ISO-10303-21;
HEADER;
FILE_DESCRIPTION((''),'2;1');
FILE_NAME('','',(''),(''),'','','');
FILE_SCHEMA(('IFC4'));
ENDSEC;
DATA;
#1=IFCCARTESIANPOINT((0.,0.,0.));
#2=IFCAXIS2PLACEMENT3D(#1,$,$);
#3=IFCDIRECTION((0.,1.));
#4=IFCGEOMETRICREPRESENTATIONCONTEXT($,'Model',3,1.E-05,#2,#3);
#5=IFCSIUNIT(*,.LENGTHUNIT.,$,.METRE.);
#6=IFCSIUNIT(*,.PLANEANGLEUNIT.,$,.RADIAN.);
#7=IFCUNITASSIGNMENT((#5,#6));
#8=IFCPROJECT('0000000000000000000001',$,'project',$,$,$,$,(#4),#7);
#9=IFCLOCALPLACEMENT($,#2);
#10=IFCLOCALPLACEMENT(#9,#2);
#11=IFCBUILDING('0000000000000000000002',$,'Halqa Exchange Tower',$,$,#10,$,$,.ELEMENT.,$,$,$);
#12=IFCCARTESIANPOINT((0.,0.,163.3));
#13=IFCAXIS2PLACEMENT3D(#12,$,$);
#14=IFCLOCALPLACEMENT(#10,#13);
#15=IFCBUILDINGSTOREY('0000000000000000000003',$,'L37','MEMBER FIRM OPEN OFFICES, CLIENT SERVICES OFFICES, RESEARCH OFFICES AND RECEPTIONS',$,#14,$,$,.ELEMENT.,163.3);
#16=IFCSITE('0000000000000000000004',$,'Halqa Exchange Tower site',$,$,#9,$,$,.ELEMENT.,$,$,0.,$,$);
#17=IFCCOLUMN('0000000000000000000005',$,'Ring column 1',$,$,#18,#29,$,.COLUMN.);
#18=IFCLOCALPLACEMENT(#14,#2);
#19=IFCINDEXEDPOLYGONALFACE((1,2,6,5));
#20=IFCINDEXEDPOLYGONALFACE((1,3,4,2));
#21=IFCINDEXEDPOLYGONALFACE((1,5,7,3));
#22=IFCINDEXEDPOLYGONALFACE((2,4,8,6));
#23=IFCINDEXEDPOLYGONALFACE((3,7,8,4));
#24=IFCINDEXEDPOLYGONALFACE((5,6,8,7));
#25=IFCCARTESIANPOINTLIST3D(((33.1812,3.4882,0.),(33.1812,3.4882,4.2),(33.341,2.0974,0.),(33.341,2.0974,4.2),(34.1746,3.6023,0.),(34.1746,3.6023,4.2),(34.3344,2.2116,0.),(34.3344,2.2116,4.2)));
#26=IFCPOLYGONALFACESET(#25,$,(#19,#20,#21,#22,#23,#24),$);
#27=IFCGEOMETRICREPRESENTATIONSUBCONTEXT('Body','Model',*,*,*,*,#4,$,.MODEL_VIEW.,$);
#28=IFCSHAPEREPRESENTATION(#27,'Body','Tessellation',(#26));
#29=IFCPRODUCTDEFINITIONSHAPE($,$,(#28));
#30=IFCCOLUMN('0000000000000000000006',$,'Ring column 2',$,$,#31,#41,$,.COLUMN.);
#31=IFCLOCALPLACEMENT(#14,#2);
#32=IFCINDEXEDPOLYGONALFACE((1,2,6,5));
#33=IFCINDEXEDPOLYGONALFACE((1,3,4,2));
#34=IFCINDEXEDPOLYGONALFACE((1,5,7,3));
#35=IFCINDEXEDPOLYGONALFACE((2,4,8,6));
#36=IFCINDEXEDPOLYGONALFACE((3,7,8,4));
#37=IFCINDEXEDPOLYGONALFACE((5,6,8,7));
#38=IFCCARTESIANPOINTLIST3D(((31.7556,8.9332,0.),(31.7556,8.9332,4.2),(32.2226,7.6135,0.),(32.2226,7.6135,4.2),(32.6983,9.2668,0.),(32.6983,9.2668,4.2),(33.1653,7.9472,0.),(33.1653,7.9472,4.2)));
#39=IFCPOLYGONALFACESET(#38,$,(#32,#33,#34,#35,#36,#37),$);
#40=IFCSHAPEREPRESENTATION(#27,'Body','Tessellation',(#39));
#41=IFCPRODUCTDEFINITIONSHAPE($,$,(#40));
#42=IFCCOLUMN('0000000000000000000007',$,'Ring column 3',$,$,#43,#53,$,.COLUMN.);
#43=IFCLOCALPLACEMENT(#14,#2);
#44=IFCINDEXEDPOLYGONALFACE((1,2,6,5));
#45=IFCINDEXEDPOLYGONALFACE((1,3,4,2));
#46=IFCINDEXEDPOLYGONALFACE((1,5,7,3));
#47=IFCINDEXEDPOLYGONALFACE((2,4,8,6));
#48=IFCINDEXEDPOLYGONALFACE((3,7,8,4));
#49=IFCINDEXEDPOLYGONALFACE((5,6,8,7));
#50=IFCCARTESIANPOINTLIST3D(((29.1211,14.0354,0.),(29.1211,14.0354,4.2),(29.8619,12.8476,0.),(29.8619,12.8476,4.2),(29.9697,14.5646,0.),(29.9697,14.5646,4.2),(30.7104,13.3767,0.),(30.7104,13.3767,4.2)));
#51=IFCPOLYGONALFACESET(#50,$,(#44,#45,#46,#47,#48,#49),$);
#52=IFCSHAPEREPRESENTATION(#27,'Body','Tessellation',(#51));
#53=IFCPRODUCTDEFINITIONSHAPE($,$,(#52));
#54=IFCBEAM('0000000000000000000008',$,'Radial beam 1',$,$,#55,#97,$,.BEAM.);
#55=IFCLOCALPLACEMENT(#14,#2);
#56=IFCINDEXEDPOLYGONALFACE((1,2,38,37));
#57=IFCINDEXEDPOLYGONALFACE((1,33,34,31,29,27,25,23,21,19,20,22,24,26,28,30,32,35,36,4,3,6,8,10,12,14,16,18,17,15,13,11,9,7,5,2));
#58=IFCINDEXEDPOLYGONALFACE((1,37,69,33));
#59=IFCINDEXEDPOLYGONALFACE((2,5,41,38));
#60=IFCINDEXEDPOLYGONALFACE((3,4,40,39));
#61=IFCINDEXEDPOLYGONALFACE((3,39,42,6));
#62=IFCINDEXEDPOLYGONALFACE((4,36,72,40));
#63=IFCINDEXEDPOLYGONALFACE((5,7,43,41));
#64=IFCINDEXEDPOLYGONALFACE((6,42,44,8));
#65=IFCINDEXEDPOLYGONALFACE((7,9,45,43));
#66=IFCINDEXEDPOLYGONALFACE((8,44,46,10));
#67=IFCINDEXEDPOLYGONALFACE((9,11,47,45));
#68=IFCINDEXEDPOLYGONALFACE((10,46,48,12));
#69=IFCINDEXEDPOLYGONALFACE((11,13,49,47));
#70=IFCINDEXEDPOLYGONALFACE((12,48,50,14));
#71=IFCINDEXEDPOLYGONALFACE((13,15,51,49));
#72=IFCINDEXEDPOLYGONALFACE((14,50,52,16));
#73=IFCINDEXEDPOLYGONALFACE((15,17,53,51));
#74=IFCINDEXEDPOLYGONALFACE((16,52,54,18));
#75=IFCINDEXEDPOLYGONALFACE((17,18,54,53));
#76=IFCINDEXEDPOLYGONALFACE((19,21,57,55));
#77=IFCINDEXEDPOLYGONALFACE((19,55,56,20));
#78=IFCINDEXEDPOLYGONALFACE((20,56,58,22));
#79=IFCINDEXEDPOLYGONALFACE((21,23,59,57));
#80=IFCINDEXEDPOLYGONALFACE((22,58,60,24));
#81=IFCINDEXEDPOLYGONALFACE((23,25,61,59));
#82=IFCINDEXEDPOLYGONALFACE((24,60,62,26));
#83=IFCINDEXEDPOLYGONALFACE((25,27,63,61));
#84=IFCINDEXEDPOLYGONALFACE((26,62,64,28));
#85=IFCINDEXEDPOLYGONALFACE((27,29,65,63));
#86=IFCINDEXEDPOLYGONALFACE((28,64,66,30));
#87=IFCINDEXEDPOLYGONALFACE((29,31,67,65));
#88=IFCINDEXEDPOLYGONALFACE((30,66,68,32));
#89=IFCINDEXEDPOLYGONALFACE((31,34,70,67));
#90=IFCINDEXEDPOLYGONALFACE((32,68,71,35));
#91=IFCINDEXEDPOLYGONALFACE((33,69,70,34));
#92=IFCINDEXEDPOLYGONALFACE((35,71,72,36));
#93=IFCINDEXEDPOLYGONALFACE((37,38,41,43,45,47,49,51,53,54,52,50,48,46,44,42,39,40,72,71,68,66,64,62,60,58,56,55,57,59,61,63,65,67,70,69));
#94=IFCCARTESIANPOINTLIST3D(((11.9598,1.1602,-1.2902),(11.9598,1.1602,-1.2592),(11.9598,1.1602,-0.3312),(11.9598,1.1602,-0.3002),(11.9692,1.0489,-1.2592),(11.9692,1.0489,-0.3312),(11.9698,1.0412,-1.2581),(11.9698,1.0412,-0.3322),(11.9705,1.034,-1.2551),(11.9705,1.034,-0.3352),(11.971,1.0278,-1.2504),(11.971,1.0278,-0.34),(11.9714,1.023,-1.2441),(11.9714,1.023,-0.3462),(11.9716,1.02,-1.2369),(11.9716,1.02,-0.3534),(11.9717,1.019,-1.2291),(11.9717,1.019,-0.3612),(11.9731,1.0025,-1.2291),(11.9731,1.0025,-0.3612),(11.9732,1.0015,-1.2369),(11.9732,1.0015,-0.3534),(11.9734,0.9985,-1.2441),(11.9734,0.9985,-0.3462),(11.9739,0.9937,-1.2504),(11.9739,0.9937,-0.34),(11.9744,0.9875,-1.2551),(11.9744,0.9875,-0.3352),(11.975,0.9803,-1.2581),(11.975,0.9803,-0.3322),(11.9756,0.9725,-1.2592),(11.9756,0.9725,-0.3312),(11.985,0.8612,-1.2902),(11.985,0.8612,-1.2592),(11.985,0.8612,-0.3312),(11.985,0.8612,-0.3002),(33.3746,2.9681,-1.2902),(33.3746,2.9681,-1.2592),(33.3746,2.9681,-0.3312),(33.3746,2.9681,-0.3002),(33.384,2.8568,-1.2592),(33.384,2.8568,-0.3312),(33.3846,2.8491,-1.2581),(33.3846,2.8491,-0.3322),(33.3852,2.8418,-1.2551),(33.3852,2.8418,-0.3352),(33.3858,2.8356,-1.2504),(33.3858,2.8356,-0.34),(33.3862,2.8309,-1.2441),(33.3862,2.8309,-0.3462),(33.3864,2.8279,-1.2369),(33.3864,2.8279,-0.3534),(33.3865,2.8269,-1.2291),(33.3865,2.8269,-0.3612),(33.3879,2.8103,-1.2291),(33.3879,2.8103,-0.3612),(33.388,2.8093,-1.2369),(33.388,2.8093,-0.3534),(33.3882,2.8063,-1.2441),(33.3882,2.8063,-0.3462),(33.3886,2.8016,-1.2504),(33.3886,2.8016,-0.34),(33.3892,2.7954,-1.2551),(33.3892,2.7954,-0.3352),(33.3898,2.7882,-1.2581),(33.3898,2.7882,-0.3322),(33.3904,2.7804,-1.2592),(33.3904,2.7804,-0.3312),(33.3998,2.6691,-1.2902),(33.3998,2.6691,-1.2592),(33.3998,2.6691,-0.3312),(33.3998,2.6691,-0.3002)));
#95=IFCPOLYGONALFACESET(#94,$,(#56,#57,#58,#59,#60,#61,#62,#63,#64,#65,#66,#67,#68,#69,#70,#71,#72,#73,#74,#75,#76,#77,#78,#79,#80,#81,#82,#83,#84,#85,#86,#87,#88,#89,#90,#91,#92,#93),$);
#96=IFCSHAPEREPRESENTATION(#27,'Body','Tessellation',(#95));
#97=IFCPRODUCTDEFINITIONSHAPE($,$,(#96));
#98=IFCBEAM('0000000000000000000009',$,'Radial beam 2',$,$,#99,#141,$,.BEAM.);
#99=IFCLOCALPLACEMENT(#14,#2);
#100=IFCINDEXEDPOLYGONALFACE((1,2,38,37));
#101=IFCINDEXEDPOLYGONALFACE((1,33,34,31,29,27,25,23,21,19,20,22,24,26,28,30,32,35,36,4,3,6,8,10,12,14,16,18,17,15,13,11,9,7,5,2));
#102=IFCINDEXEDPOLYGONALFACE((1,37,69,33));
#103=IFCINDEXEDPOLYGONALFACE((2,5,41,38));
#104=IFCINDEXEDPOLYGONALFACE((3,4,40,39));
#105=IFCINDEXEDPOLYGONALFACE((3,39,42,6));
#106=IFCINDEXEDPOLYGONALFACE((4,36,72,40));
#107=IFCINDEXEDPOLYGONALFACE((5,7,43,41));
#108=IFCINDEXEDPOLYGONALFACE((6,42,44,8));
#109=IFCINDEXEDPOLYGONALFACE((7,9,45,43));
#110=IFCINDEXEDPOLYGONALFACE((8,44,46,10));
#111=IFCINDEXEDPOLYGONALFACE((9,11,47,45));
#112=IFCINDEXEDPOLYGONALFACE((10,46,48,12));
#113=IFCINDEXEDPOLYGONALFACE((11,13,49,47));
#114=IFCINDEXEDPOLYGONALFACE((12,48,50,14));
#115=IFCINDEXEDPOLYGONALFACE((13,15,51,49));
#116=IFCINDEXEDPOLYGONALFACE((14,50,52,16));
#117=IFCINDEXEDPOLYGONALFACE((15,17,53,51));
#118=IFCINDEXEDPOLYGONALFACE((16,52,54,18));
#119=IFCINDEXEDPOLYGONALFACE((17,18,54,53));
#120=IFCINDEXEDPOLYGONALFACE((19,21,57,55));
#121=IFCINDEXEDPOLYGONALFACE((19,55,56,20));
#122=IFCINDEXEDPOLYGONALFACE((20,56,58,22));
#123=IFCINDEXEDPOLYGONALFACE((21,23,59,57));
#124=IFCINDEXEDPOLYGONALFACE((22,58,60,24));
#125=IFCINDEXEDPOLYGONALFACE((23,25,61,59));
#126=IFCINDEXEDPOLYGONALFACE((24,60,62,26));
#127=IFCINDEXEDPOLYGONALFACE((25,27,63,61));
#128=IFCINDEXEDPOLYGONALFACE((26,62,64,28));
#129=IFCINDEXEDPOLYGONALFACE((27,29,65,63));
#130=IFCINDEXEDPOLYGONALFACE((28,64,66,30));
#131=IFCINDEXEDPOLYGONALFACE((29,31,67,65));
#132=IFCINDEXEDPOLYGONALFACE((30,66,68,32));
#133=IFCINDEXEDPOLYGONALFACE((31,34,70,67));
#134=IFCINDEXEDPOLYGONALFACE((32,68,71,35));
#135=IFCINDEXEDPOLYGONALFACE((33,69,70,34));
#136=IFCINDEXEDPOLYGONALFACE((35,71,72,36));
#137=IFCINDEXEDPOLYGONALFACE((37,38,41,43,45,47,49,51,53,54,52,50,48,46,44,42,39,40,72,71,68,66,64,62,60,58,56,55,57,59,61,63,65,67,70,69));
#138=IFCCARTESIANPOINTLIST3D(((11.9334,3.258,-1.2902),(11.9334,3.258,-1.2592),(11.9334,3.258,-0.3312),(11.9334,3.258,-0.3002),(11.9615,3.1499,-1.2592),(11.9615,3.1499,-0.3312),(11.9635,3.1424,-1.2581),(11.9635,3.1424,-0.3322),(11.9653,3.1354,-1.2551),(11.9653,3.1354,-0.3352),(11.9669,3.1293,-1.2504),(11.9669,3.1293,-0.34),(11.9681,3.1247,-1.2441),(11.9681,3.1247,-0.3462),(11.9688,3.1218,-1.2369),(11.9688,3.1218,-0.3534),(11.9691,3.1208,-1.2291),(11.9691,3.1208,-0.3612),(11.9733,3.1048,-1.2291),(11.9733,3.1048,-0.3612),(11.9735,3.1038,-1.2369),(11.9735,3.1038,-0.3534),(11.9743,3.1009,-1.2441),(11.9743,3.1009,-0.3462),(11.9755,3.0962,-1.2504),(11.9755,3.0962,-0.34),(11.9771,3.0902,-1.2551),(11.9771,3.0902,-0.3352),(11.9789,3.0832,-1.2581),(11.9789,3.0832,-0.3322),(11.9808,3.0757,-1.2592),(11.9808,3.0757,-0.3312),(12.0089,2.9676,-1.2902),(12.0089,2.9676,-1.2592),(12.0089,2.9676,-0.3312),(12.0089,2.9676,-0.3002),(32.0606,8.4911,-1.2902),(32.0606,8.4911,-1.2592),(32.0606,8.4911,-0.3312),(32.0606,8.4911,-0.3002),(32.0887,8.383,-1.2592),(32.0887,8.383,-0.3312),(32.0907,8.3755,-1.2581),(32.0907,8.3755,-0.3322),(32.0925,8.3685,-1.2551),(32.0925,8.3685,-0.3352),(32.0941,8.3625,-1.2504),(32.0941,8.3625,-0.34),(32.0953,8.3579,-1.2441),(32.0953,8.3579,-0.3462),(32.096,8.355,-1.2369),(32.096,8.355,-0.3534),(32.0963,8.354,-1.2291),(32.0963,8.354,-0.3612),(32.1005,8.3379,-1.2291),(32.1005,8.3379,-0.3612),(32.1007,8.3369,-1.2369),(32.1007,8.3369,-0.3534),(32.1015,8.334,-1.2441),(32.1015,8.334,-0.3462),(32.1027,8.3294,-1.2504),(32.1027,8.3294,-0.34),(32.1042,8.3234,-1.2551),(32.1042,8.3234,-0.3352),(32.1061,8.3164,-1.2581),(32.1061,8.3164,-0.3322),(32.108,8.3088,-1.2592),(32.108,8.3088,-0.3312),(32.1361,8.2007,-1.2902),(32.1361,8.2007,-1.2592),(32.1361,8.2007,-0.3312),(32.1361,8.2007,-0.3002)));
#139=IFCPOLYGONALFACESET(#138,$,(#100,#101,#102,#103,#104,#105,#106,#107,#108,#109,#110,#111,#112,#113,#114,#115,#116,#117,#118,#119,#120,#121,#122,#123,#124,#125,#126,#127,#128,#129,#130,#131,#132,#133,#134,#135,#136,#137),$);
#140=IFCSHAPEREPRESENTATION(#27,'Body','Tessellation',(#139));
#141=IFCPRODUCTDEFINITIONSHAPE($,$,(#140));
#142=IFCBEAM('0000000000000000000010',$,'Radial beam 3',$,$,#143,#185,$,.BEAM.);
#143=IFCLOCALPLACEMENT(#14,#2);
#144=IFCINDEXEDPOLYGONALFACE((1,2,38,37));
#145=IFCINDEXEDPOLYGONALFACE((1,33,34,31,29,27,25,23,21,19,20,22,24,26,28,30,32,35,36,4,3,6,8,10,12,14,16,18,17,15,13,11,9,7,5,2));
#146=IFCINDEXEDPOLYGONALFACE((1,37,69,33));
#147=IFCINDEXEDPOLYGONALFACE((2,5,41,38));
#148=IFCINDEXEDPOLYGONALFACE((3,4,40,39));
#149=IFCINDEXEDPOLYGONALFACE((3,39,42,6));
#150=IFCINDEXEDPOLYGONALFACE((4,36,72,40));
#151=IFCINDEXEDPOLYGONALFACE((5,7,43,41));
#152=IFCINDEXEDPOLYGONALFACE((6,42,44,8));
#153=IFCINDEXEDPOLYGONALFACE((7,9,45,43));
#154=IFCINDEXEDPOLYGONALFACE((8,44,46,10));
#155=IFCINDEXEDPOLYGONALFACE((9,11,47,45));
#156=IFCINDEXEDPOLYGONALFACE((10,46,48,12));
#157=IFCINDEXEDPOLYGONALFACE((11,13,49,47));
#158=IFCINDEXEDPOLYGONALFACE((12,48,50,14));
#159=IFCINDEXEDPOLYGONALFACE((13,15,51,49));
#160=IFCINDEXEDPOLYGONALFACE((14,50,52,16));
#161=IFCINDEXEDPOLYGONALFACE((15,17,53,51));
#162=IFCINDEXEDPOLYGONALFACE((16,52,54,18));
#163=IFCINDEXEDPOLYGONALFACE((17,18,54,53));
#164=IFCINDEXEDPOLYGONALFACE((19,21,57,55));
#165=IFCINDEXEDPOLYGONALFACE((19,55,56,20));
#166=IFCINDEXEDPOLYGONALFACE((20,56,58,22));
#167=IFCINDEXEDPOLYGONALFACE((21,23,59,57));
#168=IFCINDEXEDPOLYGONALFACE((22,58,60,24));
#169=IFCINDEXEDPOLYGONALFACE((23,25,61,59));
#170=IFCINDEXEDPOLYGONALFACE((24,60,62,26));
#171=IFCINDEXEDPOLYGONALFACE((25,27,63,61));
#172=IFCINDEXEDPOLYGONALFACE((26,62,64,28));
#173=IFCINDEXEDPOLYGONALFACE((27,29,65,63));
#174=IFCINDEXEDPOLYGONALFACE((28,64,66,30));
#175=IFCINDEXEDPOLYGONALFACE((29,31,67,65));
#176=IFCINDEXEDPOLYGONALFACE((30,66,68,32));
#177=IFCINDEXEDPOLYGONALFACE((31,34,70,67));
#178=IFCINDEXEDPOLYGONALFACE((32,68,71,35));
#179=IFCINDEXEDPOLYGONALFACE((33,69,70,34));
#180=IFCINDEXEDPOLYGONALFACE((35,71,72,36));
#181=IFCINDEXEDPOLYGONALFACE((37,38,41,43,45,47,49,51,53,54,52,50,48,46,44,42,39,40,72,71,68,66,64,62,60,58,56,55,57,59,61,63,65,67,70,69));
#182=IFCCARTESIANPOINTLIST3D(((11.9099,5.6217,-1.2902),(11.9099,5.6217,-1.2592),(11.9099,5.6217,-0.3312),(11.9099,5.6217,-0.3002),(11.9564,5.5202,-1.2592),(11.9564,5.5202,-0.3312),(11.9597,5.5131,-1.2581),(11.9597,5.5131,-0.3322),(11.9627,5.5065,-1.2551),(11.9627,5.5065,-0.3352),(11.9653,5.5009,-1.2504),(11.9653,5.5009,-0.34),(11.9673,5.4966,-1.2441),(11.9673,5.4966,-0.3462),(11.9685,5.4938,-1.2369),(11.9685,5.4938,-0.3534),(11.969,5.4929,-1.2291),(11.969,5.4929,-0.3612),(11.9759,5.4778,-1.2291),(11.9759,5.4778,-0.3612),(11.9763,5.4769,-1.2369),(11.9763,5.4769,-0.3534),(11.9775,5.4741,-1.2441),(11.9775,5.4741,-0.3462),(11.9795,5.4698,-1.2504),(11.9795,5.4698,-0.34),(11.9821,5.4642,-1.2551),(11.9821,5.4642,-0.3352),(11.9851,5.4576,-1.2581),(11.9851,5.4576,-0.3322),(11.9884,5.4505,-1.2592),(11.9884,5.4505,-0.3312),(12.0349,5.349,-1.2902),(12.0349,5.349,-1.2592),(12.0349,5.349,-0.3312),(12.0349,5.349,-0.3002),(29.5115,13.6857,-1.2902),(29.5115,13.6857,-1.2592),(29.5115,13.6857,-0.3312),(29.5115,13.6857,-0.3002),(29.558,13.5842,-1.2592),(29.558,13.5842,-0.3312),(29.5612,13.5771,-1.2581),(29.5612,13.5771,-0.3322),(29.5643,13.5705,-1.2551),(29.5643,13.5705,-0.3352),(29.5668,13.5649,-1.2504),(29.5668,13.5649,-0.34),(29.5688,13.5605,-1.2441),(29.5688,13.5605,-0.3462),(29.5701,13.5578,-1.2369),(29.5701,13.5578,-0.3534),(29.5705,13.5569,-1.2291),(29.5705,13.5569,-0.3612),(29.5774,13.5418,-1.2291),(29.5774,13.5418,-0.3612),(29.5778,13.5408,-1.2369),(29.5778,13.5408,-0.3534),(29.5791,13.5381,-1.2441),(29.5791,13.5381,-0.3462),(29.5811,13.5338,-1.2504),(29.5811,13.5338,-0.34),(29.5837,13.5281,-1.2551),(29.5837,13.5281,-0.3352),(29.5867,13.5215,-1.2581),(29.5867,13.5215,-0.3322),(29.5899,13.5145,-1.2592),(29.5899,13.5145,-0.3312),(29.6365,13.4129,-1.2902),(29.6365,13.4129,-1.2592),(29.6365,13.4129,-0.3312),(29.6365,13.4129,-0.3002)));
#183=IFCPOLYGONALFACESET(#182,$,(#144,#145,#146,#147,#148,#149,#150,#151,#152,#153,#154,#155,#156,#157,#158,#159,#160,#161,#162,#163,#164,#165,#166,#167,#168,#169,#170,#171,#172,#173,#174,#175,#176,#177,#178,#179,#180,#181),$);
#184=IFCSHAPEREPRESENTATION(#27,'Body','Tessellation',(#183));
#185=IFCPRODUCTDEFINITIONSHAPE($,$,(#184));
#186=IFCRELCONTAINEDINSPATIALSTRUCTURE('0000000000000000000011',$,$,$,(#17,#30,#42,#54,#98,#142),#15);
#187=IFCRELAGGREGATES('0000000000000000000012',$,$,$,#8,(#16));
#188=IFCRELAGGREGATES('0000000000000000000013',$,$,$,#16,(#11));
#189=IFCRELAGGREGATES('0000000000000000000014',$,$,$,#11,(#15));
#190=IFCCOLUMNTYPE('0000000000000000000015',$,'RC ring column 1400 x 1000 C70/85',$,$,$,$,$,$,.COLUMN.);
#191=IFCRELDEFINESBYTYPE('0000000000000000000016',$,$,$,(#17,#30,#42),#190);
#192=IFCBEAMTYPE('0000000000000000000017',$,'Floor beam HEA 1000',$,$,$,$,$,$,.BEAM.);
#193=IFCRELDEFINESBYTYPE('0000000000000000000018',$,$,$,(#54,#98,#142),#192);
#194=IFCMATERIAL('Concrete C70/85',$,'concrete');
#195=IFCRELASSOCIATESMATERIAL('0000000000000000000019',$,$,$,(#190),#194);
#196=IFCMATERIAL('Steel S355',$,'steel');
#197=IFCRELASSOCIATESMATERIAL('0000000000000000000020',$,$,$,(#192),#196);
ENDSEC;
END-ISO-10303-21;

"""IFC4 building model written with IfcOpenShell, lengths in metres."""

from ifc_helpers import new_model, si_unit, direction, frame, origin, origin_2d, place, context, subcontext, project, spatial, rectangle, i_section, extrude, material, material_profile, profile_set, type_object, element, save


model = new_model("IFC4")

# Units and contexts
model_context = context("Model", 3, precision=1e-05, world=origin(), true_north=direction((0.0, 1.0)))
body_context = subcontext(model_context, "Body", "Model", "MODEL_VIEW")
ifc_project = project(units=[si_unit("LENGTHUNIT", "METRE"), si_unit("PLANEANGLEUNIT", "RADIAN")], contexts=[model_context])

# Site, building, storey
site_placement = place(None, origin())
site = spatial("IfcSite", under=ifc_project, at=site_placement, Name="Halqa Exchange Tower site", CompositionType="ELEMENT", RefElevation=0.0)
building_placement = place(site_placement, origin())
building = spatial("IfcBuilding", under=site, at=building_placement, Name="Halqa Exchange Tower", CompositionType="ELEMENT")
storey_placement = place(building_placement, frame((0.0, 0.0, 163.3)))
storey = spatial("IfcBuildingStorey", under=building, at=storey_placement, Name="L37", Description="MEMBER FIRM OPEN OFFICES, CLIENT SERVICES OFFICES, RESEARCH OFFICES AND RECEPTIONS", CompositionType="ELEMENT", Elevation=163.3)

# Columns
ifc_material_1 = material(Name="Concrete C70/85", Category="concrete")
ifc_material_profile_1 = material_profile(ifc_material_1, rectangle(XDim=1.3999, YDim=1.0, at=origin_2d()), Name="1400 x 1000")
ifc_profile_set_1 = profile_set([ifc_material_profile_1], Name="Concrete C70/85")
column_type = type_object("IfcColumnType", Name="RC ring column 1400 x 1000 C70/85", PredefinedType="COLUMN", material=ifc_profile_set_1)
for number, where, z_axis, x_axis, name in (
    (1, (33.7578, 2.8499, 0.0), (0.0, 0.0, 1.0), (-0.114155, 0.993463, 0.0), "Ring column 1"),
    (2, (32.4604, 8.4402, 0.0), (0.0, 0.0, 1.0), (-0.333634, 0.942703, 0.0), "Ring column 2"),
    (3, (29.9158, 13.7061, 0.0), (0.0, 0.0, 1.0), (-0.529143, 0.848532, 0.0), "Ring column 3"),
):
    element("IfcColumn", number, at=place(storey_placement, frame(where, z_axis=z_axis, x_axis=x_axis)), inside=storey, type_object=column_type, Name=name, PredefinedType="COLUMN", context=body_context, shape_type="SweptSolid", body=[
        extrude(rectangle(XDim=1.3999, YDim=1.0, at=origin_2d()), origin(), (0.0, 0.0, 1.0), 4.2),
    ])

# Beams
ifc_material_2 = material(Name="Steel S355", Category="steel")
ifc_material_profile_2 = material_profile(ifc_material_2, i_section(OverallWidth=0.3, OverallDepth=0.99, WebThickness=0.0166, FlangeThickness=0.031, FilletRadius=0.03, at=origin_2d()), Name="HEA 1000")
ifc_profile_set_2 = profile_set([ifc_material_profile_2], Name="Steel S355")
beam_type_1 = type_object("IfcBeamType", Name="Floor beam HEA 1000", PredefinedType="BEAM", material=ifc_profile_set_2)
beam_1_placement = place(storey_placement, frame((11.9724, 1.0107, -0.7952), z_axis=(0.996455, 0.084122, 0.0), x_axis=(-0.084122, 0.996455, 0.0)))
element("IfcBeam", 4, at=beam_1_placement, inside=storey, type_object=beam_type_1, Name="Radial beam 1", PredefinedType="BEAM", context=body_context, shape_type="SweptSolid", body=[
    extrude(i_section(OverallWidth=0.3, OverallDepth=0.99, WebThickness=0.0166, FlangeThickness=0.031, FilletRadius=0.03, at=origin_2d()), origin(), (0.0, 0.0, 1.0), 21.491),
])
beam_2_placement = place(storey_placement, frame((11.9712, 3.1128, -0.7952), z_axis=(0.967822, 0.251638, 0.0), x_axis=(-0.251638, 0.967822, 0.0)))
element("IfcBeam", 5, at=beam_2_placement, inside=storey, type_object=beam_type_1, Name="Radial beam 2", PredefinedType="BEAM", context=body_context, shape_type="SweptSolid", body=[
    extrude(i_section(OverallWidth=0.3, OverallDepth=0.99, WebThickness=0.0166, FlangeThickness=0.031, FilletRadius=0.03, at=origin_2d()), origin(), (0.0, 0.0, 1.0), 20.7964),
])
beam_3_placement = place(storey_placement, frame((11.9724, 5.4854, -0.7952), z_axis=(0.909132, 0.416509, 0.0), x_axis=(-0.416509, 0.909132, 0.0)))
element("IfcBeam", 6, at=beam_3_placement, inside=storey, type_object=beam_type_1, Name="Radial beam 3", PredefinedType="BEAM", context=body_context, shape_type="SweptSolid", body=[
    extrude(i_section(OverallWidth=0.3, OverallDepth=0.99, WebThickness=0.0166, FlangeThickness=0.031, FilletRadius=0.03, at=origin_2d()), origin(), (0.0, 0.0, 1.0), 19.3608),
])

save(model, "model.ifc")
